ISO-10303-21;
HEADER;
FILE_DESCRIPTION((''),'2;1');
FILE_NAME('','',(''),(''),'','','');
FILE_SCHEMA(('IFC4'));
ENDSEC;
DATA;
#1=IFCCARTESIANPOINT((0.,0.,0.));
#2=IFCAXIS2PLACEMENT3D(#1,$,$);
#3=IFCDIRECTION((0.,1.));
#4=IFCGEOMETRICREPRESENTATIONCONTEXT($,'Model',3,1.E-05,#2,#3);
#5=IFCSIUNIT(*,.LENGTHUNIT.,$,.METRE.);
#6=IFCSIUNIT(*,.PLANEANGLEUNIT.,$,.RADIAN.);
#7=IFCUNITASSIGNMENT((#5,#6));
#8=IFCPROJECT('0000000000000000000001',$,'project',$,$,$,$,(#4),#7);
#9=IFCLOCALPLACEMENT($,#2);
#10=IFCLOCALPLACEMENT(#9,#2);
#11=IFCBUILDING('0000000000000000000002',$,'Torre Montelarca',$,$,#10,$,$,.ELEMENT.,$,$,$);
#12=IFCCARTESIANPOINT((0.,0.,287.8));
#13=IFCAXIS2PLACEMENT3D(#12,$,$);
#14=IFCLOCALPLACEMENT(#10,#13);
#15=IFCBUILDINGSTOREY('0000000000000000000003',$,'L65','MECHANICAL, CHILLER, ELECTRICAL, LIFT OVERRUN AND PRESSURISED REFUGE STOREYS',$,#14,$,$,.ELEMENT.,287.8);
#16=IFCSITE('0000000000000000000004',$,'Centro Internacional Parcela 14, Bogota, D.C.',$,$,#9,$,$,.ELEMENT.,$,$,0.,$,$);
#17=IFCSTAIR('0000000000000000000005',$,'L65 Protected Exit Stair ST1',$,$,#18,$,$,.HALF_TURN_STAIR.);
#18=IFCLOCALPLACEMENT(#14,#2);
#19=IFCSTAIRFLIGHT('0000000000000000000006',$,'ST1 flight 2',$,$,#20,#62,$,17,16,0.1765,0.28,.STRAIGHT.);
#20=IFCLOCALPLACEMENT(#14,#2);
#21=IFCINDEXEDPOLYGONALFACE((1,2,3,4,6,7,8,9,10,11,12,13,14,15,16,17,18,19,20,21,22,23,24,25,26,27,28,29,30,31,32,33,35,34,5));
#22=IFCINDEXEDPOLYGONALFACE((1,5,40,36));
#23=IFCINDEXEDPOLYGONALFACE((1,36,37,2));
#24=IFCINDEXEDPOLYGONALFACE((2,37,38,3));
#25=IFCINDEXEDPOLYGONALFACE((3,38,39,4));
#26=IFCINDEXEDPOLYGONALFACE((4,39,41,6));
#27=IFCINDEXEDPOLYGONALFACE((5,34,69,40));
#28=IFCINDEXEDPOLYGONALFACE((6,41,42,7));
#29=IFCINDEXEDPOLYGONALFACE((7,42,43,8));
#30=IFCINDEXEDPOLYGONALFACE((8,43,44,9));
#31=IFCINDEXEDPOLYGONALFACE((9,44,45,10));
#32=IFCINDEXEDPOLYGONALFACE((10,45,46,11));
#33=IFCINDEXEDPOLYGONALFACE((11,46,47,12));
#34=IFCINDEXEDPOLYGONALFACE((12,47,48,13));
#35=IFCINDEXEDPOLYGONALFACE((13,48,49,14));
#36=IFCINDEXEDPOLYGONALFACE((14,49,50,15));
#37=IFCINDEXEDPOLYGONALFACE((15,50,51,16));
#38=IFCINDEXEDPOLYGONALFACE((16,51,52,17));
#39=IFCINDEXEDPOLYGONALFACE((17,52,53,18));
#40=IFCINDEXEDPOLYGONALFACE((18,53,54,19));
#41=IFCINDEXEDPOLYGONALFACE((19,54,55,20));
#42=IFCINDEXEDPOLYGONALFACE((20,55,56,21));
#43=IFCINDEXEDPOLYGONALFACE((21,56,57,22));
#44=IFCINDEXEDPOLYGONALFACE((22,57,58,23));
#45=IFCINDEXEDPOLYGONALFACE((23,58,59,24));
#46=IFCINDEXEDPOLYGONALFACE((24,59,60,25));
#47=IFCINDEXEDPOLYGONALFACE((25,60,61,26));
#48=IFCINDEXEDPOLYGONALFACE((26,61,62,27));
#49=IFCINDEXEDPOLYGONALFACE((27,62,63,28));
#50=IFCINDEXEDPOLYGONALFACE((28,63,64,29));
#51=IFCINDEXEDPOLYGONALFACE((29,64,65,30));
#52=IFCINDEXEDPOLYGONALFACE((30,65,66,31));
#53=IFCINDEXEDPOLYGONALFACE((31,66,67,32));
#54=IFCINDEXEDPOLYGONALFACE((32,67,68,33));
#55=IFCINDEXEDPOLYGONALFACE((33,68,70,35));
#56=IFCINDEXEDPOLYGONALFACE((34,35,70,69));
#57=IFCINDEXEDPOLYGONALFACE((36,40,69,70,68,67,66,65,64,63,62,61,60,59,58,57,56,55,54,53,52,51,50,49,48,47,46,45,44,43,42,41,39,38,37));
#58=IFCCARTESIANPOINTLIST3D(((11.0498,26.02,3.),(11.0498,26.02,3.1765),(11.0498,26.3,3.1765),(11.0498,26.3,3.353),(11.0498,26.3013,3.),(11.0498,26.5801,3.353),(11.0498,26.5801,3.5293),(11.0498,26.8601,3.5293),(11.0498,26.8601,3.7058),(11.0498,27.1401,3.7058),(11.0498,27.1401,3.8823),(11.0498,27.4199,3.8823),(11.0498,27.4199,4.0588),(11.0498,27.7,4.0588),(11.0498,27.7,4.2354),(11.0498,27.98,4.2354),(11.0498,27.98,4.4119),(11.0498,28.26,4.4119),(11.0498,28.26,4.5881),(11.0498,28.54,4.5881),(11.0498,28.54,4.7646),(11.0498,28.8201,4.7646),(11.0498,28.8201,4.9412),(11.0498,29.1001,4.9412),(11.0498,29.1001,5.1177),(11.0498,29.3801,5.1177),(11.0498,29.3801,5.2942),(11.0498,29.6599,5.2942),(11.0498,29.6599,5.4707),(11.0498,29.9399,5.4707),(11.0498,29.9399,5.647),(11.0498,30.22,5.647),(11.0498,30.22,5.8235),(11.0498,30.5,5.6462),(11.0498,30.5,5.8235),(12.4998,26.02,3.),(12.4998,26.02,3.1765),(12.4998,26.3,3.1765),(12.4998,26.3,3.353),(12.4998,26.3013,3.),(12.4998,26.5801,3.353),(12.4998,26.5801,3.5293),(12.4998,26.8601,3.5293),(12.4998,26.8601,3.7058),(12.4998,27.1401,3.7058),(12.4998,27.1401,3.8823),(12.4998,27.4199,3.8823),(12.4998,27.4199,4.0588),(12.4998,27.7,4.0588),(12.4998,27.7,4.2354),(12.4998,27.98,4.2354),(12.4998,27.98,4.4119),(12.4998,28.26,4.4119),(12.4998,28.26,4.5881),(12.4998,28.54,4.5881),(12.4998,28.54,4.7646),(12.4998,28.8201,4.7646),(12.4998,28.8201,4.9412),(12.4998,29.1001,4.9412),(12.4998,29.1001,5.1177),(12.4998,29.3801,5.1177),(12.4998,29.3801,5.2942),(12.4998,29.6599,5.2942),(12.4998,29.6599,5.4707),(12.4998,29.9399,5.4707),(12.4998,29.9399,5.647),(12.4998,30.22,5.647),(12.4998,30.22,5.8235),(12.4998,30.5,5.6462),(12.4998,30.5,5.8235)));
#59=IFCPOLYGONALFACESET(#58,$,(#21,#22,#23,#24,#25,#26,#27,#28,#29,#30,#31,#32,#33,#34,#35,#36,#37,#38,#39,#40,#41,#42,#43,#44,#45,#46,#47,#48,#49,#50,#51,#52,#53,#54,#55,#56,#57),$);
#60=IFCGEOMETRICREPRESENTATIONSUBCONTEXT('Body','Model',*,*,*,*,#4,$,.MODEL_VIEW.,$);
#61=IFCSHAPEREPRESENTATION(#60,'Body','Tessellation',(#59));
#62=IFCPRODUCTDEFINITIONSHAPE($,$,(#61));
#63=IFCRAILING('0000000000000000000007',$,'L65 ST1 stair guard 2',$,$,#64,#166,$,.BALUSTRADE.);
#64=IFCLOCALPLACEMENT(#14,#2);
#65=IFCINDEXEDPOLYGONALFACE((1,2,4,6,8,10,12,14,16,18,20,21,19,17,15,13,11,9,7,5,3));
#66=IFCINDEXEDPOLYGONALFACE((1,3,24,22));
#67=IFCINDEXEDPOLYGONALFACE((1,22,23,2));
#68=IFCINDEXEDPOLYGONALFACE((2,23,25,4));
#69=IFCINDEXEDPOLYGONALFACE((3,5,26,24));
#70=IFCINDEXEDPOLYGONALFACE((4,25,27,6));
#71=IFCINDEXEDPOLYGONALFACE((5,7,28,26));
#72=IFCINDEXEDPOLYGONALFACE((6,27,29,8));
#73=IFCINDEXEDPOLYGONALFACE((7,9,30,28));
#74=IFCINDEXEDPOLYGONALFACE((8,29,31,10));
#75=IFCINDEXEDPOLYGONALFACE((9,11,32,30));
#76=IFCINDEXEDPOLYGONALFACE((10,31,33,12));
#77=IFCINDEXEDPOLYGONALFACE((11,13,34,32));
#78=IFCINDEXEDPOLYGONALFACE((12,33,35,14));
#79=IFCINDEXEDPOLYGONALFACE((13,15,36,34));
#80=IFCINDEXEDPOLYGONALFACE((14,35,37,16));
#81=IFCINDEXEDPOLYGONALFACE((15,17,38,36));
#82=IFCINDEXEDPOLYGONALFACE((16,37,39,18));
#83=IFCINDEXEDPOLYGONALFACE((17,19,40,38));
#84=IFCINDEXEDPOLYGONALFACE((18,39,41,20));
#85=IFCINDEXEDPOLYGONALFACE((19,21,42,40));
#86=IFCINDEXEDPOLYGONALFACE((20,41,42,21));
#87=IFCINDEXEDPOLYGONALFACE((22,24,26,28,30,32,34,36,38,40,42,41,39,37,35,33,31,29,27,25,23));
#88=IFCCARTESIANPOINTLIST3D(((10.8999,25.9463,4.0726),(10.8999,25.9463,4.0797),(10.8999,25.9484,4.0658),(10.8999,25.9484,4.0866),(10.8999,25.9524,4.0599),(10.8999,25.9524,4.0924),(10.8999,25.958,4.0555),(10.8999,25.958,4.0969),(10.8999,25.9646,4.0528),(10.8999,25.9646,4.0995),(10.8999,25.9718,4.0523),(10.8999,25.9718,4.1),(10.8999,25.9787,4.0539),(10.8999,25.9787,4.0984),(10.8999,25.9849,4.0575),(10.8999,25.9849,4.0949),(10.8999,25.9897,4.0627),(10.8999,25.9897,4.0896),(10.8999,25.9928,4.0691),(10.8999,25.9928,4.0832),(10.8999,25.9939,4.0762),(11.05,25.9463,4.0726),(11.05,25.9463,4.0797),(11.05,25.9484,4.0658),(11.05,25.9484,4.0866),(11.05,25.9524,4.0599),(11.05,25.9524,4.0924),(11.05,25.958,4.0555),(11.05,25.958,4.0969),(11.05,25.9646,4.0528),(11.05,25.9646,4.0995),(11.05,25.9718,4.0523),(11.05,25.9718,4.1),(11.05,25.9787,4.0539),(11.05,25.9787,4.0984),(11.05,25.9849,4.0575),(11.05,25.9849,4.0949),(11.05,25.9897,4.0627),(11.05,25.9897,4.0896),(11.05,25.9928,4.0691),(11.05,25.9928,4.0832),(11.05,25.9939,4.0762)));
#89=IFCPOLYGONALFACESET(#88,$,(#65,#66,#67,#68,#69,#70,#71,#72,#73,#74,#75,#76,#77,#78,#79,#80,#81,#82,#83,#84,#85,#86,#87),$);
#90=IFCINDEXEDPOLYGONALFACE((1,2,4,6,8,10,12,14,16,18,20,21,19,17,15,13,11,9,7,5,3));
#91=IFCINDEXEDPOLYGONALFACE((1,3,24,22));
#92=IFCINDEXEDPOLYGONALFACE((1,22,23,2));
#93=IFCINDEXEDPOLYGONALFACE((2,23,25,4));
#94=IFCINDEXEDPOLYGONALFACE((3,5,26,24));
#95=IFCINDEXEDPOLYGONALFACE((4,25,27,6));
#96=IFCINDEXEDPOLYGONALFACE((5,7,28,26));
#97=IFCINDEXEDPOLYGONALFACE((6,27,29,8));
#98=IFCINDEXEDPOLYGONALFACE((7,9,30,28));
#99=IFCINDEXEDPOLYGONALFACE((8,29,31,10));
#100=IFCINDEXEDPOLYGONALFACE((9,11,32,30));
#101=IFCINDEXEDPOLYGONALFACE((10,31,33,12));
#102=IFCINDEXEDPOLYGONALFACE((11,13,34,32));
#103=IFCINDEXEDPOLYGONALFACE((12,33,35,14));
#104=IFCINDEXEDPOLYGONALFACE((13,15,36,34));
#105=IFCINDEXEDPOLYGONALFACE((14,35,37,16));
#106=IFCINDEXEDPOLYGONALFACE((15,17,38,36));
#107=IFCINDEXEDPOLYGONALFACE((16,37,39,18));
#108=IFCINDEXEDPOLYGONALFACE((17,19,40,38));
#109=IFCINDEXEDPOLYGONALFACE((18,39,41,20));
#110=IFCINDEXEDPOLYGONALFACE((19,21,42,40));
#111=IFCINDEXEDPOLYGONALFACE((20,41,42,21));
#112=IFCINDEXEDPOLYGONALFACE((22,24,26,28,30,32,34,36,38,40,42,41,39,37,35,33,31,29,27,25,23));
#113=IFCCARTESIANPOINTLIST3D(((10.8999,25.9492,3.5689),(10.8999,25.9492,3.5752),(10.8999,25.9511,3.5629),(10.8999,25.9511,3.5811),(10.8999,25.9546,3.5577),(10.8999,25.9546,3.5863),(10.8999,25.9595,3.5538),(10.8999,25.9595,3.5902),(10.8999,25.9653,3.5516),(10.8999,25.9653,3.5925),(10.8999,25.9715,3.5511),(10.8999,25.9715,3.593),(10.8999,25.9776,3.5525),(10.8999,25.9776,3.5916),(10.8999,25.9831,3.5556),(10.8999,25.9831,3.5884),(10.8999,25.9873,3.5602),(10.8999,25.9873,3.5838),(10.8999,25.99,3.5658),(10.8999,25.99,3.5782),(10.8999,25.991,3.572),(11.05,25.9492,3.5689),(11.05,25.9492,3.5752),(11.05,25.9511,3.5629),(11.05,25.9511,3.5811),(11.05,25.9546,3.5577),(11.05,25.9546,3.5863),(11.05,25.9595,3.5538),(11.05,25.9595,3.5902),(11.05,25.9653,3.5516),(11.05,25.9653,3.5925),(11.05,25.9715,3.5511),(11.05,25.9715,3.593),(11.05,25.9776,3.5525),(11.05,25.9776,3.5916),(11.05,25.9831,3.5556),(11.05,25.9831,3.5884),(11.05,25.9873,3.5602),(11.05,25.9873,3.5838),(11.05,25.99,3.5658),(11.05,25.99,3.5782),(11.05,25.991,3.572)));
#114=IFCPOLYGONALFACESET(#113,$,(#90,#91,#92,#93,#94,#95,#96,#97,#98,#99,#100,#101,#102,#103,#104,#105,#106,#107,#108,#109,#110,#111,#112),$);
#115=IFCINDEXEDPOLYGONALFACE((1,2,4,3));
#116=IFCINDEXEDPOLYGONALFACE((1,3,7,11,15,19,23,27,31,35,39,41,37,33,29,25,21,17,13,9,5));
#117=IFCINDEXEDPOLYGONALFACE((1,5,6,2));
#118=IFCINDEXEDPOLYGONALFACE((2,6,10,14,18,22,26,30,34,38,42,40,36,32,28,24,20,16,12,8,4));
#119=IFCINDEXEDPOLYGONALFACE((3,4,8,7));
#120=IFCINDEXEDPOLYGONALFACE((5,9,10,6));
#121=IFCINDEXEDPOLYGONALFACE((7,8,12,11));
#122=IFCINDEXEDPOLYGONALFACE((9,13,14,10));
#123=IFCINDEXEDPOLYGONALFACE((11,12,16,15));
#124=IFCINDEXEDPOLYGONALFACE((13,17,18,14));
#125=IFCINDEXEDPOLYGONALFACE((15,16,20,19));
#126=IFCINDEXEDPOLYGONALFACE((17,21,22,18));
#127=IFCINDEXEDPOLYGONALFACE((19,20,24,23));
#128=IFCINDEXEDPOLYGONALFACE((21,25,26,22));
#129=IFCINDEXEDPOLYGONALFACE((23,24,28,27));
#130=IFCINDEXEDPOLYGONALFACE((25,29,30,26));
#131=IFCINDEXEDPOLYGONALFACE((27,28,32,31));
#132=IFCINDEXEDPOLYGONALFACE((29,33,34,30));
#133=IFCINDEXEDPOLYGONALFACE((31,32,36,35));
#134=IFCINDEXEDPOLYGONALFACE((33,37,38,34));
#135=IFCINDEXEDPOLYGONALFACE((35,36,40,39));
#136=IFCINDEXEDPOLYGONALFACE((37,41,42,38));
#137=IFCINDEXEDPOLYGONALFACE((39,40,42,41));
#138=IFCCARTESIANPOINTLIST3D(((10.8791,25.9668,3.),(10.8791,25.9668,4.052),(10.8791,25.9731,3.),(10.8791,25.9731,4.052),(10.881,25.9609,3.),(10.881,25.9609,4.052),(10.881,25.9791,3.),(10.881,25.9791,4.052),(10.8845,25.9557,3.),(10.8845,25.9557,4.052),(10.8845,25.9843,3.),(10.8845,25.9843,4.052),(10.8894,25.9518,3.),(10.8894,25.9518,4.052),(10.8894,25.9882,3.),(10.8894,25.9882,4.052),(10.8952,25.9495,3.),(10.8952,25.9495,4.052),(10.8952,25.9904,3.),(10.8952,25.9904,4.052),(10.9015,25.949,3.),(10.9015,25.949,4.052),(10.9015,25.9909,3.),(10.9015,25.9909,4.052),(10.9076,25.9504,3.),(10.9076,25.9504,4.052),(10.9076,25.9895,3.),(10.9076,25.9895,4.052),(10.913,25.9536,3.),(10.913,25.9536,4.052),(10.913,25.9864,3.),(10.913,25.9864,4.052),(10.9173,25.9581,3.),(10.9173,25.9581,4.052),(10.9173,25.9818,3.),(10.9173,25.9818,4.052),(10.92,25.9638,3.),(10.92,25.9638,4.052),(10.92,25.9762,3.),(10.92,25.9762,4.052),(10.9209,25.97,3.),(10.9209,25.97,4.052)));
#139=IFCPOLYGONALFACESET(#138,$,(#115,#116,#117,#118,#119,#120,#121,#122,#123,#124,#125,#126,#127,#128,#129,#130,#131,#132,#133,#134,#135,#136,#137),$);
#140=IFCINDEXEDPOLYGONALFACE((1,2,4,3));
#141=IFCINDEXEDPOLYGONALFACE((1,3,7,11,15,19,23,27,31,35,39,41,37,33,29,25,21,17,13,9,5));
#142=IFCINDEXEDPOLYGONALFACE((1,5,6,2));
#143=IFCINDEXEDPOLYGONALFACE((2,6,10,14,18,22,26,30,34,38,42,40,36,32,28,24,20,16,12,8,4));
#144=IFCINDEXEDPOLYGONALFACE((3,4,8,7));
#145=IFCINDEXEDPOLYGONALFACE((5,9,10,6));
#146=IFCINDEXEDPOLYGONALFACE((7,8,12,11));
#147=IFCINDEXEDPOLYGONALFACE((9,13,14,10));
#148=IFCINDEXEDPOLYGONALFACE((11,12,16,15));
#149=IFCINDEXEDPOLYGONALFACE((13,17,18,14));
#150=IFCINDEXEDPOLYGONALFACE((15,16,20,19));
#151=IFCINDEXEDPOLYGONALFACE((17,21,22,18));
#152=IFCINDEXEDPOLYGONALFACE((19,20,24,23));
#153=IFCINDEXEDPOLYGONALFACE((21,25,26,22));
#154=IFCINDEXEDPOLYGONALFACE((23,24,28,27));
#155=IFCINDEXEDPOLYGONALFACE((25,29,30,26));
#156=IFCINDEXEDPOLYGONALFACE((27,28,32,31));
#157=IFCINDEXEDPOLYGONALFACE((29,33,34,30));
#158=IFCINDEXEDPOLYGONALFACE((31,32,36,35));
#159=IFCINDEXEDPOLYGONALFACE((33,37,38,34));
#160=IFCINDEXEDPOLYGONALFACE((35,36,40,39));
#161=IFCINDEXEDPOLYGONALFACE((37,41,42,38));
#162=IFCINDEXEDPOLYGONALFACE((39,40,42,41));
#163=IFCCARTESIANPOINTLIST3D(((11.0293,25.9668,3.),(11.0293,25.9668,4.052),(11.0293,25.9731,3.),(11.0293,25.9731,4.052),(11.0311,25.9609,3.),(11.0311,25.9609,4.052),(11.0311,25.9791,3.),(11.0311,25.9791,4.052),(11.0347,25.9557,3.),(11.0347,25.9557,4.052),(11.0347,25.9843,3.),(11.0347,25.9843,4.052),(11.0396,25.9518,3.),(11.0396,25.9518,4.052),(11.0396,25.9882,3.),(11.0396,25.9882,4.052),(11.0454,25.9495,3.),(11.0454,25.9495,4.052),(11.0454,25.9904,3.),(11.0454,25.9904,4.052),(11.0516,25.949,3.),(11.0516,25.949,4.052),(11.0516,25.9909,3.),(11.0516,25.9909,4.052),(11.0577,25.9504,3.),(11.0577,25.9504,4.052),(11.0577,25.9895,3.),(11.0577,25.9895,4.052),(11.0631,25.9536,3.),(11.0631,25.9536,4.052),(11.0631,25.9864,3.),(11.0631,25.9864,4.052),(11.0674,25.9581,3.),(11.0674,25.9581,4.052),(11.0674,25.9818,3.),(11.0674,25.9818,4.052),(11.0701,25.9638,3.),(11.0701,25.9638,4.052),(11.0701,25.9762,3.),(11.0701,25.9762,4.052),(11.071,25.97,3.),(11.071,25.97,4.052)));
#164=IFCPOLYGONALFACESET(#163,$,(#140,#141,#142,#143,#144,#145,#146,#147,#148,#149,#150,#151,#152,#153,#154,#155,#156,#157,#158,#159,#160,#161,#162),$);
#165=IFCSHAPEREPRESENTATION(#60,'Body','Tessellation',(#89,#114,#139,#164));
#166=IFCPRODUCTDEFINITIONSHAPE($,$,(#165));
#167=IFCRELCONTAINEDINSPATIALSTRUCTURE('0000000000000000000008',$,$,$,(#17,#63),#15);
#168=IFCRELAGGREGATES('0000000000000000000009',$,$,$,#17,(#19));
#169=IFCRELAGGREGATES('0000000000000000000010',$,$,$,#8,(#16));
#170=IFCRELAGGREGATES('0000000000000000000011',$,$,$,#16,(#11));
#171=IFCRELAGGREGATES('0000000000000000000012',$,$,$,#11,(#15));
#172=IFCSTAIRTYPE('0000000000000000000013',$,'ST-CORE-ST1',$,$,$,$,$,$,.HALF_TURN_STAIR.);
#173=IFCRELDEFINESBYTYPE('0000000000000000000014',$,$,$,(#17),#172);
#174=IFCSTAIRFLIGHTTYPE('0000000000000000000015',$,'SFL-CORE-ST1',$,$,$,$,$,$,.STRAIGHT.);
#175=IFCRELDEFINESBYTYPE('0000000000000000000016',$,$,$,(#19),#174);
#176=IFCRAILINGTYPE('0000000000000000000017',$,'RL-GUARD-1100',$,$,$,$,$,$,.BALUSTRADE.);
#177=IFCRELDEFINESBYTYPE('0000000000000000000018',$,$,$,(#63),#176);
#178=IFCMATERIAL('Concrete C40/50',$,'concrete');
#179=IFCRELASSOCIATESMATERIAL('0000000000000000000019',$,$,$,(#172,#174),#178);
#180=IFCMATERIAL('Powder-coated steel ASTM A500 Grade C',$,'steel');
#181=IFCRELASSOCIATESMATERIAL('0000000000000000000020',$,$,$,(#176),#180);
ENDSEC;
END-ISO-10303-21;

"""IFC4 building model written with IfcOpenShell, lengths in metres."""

from ifc_helpers import new_model, si_unit, direction, frame, origin, origin_2d, place, context, subcontext, project, spatial, polyline, circle, outline, extrude, material, type_object, element, aggregate, save


model = new_model("IFC4")

# Units and contexts
model_context = context("Model", 3, precision=1e-05, world=origin(), true_north=direction((0.0, 1.0)))
body_context = subcontext(model_context, "Body", "Model", "MODEL_VIEW")
ifc_project = project(units=[si_unit("LENGTHUNIT", "METRE"), si_unit("PLANEANGLEUNIT", "RADIAN")], contexts=[model_context])

# Site, building, storey
site_placement = place(None, origin())
site = spatial("IfcSite", under=ifc_project, at=site_placement, Name="Centro Internacional Parcela 14, Bogota, D.C.", CompositionType="ELEMENT", RefElevation=0.0)
building_placement = place(site_placement, origin())
building = spatial("IfcBuilding", under=site, at=building_placement, Name="Torre Montelarca", CompositionType="ELEMENT")
storey_placement = place(building_placement, frame((0.0, 0.0, 287.8)))
storey = spatial("IfcBuildingStorey", under=building, at=storey_placement, Name="L65", Description="MECHANICAL, CHILLER, ELECTRICAL, LIFT OVERRUN AND PRESSURISED REFUGE STOREYS", CompositionType="ELEMENT", Elevation=287.8)

# Shared definitions
ifc_material_1 = material(Name="Concrete C40/50", Category="concrete")

# Stair, stair flight
stair_type = type_object("IfcStairType", Name="ST-CORE-ST1", PredefinedType="HALF_TURN_STAIR", material=ifc_material_1)
stair_placement = place(storey_placement, origin())
stair = element("IfcStair", 1, at=stair_placement, inside=storey, type_object=stair_type, Name="L65 Protected Exit Stair ST1", PredefinedType="HALF_TURN_STAIR")
stair_flight_type = type_object("IfcStairFlightType", Name="SFL-CORE-ST1", PredefinedType="STRAIGHT", material=ifc_material_1)
stair_flight_placement = place(storey_placement, frame((11.7749, 26.02, 3.0), z_axis=(0.0, 0.0, 1.0), x_axis=(0.0, 1.0, 0.0)))
stair_flight = element("IfcStairFlight", 2, at=stair_flight_placement, type_object=stair_flight_type, Name="ST1 flight 2", NumberOfRisers=17, NumberOfTreads=16, PredefinedType="STRAIGHT", RiserHeight=0.1765, TreadLength=0.28, context=body_context, shape_type="SweptSolid", body=[
    extrude(outline(polyline([(0.0, 0.0), (0.0, 0.1765), (0.28, 0.1765), (0.28, 0.353), (0.5601, 0.353), (0.5601, 0.5293), (0.8401, 0.5293), (0.8401, 0.7058), (1.1201, 0.7058), (1.1201, 0.8823), (1.3999, 0.8823), (1.3999, 1.0588), (1.6799, 1.0588), (1.6799, 1.2354), (1.96, 1.2354), (1.96, 1.4119), (2.24, 1.4119), (2.24, 1.5881), (2.52, 1.5881), (2.52, 1.7646), (2.8, 1.7646), (2.8, 1.9412), (3.0801, 1.9412), (3.0801, 2.1177), (3.3601, 2.1177), (3.3601, 2.2942), (3.6399, 2.2942), (3.6399, 2.4707), (3.9199, 2.4707), (3.9199, 2.647), (4.2, 2.647), (4.2, 2.8235), (4.48, 2.8235), (4.48, 3.0), (4.48, 2.6462), (0.2812, 0.0), (0.0, 0.0)])), frame((0.0, 0.7251, 0.0), z_axis=(0.0, -1.0, 0.0), x_axis=(1.0, 0.0, 0.0)), (0.0, 0.0, 1.0), 1.45),
])
aggregate(stair, [stair_flight])

# Railing
ifc_material_2 = material(Name="Powder-coated steel ASTM A500 Grade C", Category="steel")
railing_type_1 = type_object("IfcRailingType", Name="RL-GUARD-1100", PredefinedType="BALUSTRADE", material=ifc_material_2)
railing_1_placement = place(storey_placement, frame((10.8999, 25.97, 3.0)))
element("IfcRailing", 3, at=railing_1_placement, inside=storey, type_object=railing_type_1, Name="L65 ST1 stair guard 2", PredefinedType="BALUSTRADE", context=body_context, shape_type="SweptSolid", body=[
    extrude(circle(Radius=0.0239, at=origin_2d()), frame((0.0, 0.0, 1.0762), z_axis=(1.0, 0.0, 0.0), x_axis=(0.0, 1.0, 0.0)), (0.0, 0.0, 1.0), 0.1501),
    extrude(circle(Radius=0.021, at=origin_2d()), frame((0.0, 0.0, 0.572), z_axis=(1.0, 0.0, 0.0), x_axis=(0.0, 1.0, 0.0)), (0.0, 0.0, 1.0), 0.1501),
    extrude(circle(Radius=0.021, at=origin_2d()), origin(), (0.0, 0.0, 1.0), 1.052),
    extrude(circle(Radius=0.021, at=origin_2d()), frame((0.1501, 0.0, 0.0)), (0.0, 0.0, 1.0), 1.052),
])

save(model, "model.ifc")
